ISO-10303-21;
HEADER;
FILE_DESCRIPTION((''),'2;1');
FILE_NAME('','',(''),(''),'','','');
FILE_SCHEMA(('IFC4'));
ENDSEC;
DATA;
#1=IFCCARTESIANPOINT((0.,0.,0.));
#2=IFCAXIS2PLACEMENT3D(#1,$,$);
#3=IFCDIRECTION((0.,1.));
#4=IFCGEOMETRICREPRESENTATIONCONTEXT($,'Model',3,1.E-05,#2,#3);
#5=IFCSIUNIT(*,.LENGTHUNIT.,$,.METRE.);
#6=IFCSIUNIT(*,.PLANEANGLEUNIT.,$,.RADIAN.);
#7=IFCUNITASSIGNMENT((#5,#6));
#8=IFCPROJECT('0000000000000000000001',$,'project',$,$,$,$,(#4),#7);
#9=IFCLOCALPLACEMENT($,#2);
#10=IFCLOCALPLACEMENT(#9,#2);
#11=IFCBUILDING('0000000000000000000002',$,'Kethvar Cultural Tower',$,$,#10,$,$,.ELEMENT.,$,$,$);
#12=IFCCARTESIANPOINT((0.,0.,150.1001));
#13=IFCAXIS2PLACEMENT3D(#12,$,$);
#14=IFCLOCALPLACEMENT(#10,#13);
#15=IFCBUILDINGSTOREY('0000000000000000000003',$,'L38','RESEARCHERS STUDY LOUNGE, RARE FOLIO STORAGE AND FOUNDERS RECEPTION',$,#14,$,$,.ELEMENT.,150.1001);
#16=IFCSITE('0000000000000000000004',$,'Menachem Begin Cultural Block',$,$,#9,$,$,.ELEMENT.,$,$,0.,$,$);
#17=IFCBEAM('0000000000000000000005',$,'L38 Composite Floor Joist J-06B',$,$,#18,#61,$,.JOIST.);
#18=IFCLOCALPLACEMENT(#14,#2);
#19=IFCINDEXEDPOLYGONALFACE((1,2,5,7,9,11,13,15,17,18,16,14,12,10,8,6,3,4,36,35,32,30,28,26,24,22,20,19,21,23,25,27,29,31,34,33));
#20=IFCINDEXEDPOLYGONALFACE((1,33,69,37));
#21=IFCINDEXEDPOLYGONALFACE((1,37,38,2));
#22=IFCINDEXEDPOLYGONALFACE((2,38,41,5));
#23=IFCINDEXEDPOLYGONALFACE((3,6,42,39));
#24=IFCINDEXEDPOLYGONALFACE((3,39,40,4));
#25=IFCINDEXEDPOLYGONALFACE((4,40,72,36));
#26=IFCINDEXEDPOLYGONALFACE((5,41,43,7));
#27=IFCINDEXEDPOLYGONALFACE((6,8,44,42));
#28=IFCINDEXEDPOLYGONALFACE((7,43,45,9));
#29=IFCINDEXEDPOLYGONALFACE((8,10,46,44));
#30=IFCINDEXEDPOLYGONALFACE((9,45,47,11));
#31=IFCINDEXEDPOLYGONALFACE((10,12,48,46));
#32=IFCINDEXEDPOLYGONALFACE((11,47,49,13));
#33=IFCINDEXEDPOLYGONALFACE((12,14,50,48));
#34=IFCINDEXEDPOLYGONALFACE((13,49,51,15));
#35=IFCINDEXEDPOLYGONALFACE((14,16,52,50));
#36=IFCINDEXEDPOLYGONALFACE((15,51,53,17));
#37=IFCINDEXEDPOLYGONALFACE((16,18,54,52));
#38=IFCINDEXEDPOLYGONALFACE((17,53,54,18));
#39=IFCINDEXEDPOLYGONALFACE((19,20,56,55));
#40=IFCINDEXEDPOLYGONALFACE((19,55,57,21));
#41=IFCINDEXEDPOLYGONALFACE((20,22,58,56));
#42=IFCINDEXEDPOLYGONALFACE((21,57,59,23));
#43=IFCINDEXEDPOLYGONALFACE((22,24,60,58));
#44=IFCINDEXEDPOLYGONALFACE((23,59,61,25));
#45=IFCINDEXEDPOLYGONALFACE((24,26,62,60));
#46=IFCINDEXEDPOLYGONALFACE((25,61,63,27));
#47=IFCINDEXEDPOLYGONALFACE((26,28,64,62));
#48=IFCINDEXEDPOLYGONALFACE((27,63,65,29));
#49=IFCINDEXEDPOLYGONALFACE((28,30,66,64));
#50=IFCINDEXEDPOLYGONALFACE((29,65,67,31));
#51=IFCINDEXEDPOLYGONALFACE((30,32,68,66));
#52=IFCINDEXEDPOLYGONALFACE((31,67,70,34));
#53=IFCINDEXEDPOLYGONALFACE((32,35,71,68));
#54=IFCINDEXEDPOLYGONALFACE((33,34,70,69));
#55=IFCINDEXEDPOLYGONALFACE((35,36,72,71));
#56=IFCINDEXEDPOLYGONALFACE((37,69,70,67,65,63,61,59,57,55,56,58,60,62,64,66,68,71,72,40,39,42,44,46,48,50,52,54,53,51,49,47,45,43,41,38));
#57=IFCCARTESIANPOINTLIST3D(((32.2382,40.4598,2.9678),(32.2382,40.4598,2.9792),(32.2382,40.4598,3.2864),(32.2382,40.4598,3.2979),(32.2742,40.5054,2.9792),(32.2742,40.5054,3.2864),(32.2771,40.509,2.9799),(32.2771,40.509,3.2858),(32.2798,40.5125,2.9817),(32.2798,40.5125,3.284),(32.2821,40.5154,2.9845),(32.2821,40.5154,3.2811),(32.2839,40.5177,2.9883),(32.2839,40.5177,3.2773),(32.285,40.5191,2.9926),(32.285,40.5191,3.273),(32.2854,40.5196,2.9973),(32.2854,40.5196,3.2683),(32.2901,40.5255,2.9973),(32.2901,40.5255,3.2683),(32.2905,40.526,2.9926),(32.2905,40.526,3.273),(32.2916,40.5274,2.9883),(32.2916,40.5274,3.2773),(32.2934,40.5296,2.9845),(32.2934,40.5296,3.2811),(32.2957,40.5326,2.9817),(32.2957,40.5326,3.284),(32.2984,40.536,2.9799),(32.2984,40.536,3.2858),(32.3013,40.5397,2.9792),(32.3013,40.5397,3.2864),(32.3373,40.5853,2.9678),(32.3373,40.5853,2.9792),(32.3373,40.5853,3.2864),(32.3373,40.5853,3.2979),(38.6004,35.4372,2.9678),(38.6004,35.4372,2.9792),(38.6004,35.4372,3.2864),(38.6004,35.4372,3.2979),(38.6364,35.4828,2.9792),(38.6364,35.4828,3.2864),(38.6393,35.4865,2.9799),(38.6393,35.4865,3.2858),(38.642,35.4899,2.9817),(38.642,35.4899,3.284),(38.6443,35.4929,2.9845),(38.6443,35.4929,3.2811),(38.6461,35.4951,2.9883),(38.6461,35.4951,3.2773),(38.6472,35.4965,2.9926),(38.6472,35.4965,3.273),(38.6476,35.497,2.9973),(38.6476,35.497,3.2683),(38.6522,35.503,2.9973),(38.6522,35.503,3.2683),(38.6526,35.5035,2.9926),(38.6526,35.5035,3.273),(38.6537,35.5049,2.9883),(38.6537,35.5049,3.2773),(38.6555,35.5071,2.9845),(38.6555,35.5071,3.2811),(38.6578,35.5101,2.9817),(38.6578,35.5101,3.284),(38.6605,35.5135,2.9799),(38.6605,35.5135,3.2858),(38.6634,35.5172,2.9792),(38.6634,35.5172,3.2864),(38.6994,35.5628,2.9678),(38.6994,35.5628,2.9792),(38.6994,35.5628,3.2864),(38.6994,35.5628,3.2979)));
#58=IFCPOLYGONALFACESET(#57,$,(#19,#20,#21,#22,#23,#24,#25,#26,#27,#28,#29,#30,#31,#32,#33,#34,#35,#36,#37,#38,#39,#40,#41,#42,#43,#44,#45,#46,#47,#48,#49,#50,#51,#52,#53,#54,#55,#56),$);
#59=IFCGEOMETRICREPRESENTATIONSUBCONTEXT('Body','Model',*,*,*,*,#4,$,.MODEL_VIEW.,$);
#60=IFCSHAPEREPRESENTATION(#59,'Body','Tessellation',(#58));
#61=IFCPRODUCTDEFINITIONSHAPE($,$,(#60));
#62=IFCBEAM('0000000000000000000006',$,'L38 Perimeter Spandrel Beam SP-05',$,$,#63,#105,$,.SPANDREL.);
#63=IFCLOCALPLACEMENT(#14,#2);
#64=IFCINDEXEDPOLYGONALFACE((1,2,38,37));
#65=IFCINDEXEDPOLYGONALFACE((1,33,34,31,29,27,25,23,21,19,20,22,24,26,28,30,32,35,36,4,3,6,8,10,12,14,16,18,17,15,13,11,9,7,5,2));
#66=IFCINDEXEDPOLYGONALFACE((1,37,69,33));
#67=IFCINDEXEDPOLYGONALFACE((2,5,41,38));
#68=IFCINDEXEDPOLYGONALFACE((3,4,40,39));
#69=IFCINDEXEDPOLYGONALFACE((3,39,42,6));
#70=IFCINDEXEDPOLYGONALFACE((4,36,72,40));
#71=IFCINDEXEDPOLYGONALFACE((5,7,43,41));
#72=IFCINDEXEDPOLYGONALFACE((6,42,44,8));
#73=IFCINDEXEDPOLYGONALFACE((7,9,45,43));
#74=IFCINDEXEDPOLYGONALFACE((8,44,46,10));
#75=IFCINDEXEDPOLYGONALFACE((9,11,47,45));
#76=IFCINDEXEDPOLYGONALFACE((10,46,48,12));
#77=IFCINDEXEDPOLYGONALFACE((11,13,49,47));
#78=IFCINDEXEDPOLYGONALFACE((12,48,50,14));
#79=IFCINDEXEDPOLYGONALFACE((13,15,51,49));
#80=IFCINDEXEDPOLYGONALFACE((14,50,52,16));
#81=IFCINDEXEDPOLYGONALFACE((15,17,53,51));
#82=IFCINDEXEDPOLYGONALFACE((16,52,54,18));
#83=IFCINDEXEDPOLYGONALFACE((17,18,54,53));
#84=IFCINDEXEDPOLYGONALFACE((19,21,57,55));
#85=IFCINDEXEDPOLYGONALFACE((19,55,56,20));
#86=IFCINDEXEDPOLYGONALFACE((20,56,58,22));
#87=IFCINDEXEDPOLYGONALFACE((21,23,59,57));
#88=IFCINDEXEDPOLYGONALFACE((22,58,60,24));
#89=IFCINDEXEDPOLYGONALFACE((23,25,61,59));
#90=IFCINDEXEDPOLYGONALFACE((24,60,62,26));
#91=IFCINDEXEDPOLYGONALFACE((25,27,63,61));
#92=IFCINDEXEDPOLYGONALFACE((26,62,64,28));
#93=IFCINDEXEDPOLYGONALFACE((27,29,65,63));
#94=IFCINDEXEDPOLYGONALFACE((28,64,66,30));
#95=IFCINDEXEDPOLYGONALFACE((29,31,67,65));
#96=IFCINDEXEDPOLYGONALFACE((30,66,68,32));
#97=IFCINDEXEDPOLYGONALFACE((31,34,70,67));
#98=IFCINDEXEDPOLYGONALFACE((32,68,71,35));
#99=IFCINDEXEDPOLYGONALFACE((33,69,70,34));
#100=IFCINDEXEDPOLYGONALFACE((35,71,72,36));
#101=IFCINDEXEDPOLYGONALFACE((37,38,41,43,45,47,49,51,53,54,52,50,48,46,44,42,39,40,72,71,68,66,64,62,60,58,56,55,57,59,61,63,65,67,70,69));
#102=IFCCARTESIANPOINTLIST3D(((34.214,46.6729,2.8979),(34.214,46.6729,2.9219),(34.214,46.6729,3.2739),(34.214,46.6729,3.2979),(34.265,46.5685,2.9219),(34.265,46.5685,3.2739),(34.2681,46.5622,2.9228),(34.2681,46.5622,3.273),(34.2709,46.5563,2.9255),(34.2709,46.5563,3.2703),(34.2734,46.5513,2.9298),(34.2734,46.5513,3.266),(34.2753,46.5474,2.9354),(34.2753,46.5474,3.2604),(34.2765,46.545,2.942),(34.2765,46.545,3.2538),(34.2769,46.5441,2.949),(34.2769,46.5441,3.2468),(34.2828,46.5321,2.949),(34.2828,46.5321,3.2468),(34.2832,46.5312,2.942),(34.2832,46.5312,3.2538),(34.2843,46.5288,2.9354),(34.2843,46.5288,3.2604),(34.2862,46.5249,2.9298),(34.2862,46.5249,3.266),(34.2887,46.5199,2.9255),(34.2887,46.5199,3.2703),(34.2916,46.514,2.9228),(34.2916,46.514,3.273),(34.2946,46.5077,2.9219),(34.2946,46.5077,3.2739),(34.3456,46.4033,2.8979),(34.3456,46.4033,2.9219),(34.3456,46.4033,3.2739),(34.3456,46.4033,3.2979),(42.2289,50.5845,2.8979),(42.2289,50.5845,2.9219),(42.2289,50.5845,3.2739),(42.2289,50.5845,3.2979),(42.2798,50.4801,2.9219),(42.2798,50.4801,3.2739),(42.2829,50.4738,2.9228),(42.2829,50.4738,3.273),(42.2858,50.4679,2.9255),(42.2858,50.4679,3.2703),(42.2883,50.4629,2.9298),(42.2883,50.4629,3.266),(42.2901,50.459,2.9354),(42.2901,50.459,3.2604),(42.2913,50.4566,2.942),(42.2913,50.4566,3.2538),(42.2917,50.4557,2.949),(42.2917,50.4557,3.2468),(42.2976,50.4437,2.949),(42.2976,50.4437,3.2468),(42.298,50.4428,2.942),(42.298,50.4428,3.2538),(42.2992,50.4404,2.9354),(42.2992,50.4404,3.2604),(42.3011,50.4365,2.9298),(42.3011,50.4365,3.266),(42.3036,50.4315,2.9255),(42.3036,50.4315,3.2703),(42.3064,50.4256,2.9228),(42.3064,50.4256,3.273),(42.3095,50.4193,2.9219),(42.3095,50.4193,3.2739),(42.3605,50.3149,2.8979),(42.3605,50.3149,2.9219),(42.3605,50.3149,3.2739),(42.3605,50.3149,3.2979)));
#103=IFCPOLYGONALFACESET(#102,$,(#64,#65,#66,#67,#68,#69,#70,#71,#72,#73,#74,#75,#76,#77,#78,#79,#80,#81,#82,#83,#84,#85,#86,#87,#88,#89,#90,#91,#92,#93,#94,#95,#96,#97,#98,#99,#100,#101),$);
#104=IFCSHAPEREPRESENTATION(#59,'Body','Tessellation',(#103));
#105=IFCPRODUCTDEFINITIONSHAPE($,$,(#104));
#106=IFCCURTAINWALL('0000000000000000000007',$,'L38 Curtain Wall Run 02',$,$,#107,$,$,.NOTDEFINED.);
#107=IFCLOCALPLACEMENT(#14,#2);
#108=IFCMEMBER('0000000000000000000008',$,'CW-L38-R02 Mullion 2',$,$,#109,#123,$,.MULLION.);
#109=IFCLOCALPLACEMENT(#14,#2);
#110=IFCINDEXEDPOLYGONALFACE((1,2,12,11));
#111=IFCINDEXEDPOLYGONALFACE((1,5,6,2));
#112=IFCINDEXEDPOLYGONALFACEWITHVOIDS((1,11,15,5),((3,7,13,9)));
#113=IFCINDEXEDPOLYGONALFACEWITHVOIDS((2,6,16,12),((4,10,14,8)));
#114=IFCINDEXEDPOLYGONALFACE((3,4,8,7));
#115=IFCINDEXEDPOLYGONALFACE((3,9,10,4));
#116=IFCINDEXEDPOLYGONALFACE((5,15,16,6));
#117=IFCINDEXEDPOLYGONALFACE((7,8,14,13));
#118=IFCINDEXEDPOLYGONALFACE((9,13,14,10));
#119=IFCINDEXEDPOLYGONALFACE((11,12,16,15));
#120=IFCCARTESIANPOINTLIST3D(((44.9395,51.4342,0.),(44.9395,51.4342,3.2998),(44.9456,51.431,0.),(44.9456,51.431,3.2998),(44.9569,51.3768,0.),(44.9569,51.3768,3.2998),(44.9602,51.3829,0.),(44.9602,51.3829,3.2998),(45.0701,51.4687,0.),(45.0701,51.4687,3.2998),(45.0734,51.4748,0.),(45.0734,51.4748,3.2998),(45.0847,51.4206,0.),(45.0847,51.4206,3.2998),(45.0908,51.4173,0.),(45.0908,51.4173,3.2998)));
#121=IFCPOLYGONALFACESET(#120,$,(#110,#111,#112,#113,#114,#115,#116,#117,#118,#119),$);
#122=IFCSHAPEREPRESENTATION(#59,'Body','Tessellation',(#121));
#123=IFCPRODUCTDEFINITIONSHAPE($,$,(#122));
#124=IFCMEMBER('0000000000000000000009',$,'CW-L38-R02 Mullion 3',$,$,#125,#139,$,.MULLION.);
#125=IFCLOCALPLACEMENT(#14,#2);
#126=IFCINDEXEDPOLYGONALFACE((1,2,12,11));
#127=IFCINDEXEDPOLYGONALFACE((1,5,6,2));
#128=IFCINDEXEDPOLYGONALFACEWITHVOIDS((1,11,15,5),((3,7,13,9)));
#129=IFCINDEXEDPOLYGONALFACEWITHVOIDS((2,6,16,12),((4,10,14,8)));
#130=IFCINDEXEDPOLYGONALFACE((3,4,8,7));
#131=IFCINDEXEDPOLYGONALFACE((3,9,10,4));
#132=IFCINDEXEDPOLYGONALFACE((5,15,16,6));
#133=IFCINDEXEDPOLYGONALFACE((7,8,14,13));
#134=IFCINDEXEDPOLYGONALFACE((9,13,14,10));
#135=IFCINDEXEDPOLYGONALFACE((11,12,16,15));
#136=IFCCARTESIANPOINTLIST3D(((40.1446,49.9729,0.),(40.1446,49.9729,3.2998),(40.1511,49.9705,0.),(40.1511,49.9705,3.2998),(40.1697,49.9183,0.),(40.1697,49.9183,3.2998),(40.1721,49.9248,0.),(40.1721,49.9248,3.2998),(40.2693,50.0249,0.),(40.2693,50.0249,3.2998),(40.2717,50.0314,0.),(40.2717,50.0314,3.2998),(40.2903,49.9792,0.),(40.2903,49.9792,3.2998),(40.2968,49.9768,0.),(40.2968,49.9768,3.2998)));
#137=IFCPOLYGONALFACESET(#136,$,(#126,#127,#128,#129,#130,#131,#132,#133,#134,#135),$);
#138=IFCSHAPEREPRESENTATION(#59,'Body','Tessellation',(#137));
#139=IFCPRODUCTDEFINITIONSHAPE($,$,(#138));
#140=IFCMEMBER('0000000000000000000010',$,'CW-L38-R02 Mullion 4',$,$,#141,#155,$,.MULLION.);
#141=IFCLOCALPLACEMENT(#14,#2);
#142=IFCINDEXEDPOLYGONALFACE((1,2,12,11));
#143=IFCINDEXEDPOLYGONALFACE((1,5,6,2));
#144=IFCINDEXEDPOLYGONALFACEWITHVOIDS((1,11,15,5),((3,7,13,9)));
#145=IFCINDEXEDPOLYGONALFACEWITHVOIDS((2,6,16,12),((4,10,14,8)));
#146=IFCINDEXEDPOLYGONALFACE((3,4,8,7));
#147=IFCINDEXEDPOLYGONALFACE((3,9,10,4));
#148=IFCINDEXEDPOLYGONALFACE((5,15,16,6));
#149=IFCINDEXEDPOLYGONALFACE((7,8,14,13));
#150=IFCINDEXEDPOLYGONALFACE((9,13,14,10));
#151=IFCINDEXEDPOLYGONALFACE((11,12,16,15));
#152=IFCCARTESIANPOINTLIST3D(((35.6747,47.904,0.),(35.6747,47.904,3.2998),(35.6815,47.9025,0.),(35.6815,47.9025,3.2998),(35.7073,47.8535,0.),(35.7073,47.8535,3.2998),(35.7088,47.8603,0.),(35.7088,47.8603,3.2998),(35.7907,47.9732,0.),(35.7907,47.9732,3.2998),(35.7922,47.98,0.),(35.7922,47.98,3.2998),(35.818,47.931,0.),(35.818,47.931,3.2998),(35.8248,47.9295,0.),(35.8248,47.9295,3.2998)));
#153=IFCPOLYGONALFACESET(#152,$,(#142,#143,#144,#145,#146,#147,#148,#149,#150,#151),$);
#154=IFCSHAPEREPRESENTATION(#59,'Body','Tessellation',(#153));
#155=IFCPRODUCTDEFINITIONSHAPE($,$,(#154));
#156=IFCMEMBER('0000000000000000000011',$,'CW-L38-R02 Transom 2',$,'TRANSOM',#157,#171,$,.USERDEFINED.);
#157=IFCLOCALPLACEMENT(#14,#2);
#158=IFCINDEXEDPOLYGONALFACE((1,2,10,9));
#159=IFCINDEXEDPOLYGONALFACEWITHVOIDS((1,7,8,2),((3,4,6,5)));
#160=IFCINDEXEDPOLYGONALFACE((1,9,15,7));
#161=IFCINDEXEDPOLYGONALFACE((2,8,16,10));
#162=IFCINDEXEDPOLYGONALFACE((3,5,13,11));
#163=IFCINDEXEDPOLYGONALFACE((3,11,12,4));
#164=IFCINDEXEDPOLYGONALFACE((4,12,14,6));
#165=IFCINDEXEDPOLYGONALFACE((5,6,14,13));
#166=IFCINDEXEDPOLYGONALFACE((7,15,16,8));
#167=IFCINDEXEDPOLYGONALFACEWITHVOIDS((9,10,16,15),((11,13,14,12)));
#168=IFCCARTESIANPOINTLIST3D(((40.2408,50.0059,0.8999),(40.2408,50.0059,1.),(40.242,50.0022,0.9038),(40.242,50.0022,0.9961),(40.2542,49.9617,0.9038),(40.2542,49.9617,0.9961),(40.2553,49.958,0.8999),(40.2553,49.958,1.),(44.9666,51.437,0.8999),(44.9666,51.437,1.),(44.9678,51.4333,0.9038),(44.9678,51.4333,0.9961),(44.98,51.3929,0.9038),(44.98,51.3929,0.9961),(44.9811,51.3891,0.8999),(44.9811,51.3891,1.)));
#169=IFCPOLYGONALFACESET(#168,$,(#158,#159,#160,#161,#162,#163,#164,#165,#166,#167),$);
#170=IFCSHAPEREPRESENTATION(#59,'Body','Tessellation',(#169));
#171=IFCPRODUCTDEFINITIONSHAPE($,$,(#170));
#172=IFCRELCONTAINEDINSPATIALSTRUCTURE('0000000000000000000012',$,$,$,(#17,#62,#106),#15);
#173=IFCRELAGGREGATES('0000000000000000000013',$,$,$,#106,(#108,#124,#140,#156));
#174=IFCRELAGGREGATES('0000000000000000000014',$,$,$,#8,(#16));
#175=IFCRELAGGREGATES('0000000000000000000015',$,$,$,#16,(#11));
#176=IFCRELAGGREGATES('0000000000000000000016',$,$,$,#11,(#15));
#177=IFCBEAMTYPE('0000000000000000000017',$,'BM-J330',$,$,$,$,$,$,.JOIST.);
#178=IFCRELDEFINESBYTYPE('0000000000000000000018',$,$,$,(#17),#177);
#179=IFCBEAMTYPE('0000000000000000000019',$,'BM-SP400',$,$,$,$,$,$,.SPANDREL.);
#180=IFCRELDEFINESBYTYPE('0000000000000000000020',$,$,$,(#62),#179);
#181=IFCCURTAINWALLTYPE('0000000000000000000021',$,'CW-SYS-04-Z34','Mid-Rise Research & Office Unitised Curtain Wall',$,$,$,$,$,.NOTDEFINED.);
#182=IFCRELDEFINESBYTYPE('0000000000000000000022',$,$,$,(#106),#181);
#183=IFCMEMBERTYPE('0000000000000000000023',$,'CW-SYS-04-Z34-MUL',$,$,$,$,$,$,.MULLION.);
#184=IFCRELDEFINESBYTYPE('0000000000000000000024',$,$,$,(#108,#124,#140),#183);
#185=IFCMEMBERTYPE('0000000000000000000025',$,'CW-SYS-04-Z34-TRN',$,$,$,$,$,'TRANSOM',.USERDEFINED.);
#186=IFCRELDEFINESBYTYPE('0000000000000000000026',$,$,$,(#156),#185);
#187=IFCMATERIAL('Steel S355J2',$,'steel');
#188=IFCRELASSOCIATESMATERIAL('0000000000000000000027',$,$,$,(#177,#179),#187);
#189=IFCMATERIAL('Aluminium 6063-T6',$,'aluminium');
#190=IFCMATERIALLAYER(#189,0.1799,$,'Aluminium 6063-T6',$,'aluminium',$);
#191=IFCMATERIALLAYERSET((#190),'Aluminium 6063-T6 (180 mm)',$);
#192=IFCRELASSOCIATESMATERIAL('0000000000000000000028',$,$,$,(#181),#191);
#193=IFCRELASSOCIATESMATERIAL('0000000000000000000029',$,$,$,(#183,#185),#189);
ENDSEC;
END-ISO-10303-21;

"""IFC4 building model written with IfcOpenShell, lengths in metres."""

from ifc_helpers import new_model, si_unit, direction, frame, origin, origin_2d, place, context, subcontext, project, spatial, hollow_rectangle, i_section, extrude, source, transform, mapped, material, layer, layer_set, material_profile, profile_set, type_object, element, aggregate, save


model = new_model("IFC4")

# Units and contexts
model_context = context("Model", 3, precision=1e-05, world=origin(), true_north=direction((0.0, 1.0)))
body_context = subcontext(model_context, "Body", "Model", "MODEL_VIEW")
ifc_project = project(units=[si_unit("LENGTHUNIT", "METRE"), si_unit("PLANEANGLEUNIT", "RADIAN")], contexts=[model_context])

# Site, building, storey
site_placement = place(None, origin())
site = spatial("IfcSite", under=ifc_project, at=site_placement, Name="Menachem Begin Cultural Block", CompositionType="ELEMENT", RefElevation=0.0)
building_placement = place(site_placement, origin())
building = spatial("IfcBuilding", under=site, at=building_placement, Name="Kethvar Cultural Tower", CompositionType="ELEMENT")
storey_placement = place(building_placement, frame((0.0, 0.0, 150.1001)))
storey = spatial("IfcBuildingStorey", under=building, at=storey_placement, Name="L38", Description="RESEARCHERS STUDY LOUNGE, RARE FOLIO STORAGE AND FOUNDERS RECEPTION", CompositionType="ELEMENT", Elevation=150.1001)

# Beams
ifc_material_1 = material(Name="Steel S355J2", Category="steel")
ifc_material_profile_1 = material_profile(ifc_material_1, i_section(OverallWidth=0.1599, OverallDepth=0.3301, WebThickness=0.0076, FlangeThickness=0.0115, FilletRadius=0.0181, at=origin_2d()), Name="Steel S355J2 — IPE330")
ifc_profile_set_1 = profile_set([ifc_material_profile_1], Name="Steel S355J2 — IPE330")
beam_type_1 = type_object("IfcBeamType", Name="BM-J330", PredefinedType="JOIST", material=ifc_profile_set_1)
shared_shape_1 = source(origin(), body_context, "Body", "SweptSolid", [
    extrude(i_section(OverallWidth=0.1599, OverallDepth=0.3301, WebThickness=0.0076, FlangeThickness=0.0115, FilletRadius=0.0181, at=origin_2d()), origin(), (0.0, 0.0, 1.0), 8.1057),
])
beam_1_placement = place(storey_placement, frame((38.6499, 35.5, 3.1328), z_axis=(-0.784896, 0.619628, 0.0), x_axis=(-0.619628, -0.784896, 0.0)))
element("IfcBeam", 1, at=beam_1_placement, inside=storey, type_object=beam_type_1, Name="L38 Composite Floor Joist J-06B", PredefinedType="JOIST", context=body_context, shape_type="MappedRepresentation", body=[
    mapped(shared_shape_1, transform((0.0, 0.0, 0.0), scale=1.0)),
])
ifc_material_profile_2 = material_profile(ifc_material_1, i_section(OverallWidth=0.3, OverallDepth=0.3999, WebThickness=0.0134, FlangeThickness=0.0239, FilletRadius=0.0271, at=origin_2d()), Name="Steel S355J2 — HEB400")
ifc_profile_set_2 = profile_set([ifc_material_profile_2], Name="Steel S355J2 — HEB400")
beam_type_2 = type_object("IfcBeamType", Name="BM-SP400", PredefinedType="SPANDREL", material=ifc_profile_set_2)
shared_shape_2 = source(origin(), body_context, "Body", "SweptSolid", [
    extrude(i_section(OverallWidth=0.3, OverallDepth=0.3999, WebThickness=0.0134, FlangeThickness=0.0239, FilletRadius=0.0271, at=origin_2d()), origin(), (0.0, 0.0, 1.0), 8.9185),
])
beam_2_placement = place(storey_placement, frame((42.2947, 50.4497, 3.0979), z_axis=(-0.898684, -0.438597, 0.0), x_axis=(0.438597, -0.898684, 0.0)))
element("IfcBeam", 2, at=beam_2_placement, inside=storey, type_object=beam_type_2, Name="L38 Perimeter Spandrel Beam SP-05", PredefinedType="SPANDREL", context=body_context, shape_type="MappedRepresentation", body=[
    mapped(shared_shape_2, transform((0.0, 0.0, 0.0), scale=1.0)),
])

# Curtain wall, members
ifc_material_2 = material(Name="Aluminium 6063-T6", Category="aluminium")
ifc_layer_1 = layer(ifc_material_2, 0.1799, Name="Aluminium 6063-T6", Category="aluminium")
ifc_layer_set_1 = layer_set([ifc_layer_1], Name="Aluminium 6063-T6 (180 mm)")
curtain_wall_type = type_object("IfcCurtainWallType", Name="CW-SYS-04-Z34", Description="Mid-Rise Research & Office Unitised Curtain Wall", PredefinedType="NOTDEFINED", material=ifc_layer_set_1)
curtain_wall_placement = place(storey_placement, origin())
curtain_wall = element("IfcCurtainWall", 3, at=curtain_wall_placement, inside=storey, type_object=curtain_wall_type, Name="L38 Curtain Wall Run 02", PredefinedType="NOTDEFINED")
ifc_material_profile_3 = material_profile(ifc_material_2, hollow_rectangle(XDim=0.0601, YDim=0.1399, WallThickness=0.0049, at=origin_2d()), Name="Aluminium 6063-T6 — RHS140x60x5")
ifc_profile_set_3 = profile_set([ifc_material_profile_3], Name="Aluminium 6063-T6 — RHS140x60x5")
member_type_1 = type_object("IfcMemberType", Name="CW-SYS-04-Z34-MUL", PredefinedType="MULLION", material=ifc_profile_set_3)
shared_shape_3 = source(origin(), body_context, "Body", "SweptSolid", [
    extrude(hollow_rectangle(XDim=0.0601, YDim=0.1399, WallThickness=0.0049, at=origin_2d()), origin(), (0.0, 0.0, 1.0), 3.2998),
])
member_1_placement = place(storey_placement, frame((45.0151, 51.4258, 0.0), z_axis=(0.0, 0.0, 1.0), x_axis=(0.289834, -0.957077, 0.0)))
member_1 = element("IfcMember", 4, at=member_1_placement, type_object=member_type_1, Name="CW-L38-R02 Mullion 2", PredefinedType="MULLION", context=body_context, shape_type="MappedRepresentation", body=[
    mapped(shared_shape_3, transform((0.0, 0.0, 0.0), scale=1.0)),
])
member_2_placement = place(storey_placement, frame((40.2207, 49.9749, 0.0), z_axis=(0.0, 0.0, 1.0), x_axis=(0.418359, -0.908282, 0.0)))
member_2 = element("IfcMember", 5, at=member_2_placement, type_object=member_type_1, Name="CW-L38-R02 Mullion 3", PredefinedType="MULLION", context=body_context, shape_type="MappedRepresentation", body=[
    mapped(shared_shape_3, transform((0.0, 0.0, 0.0), scale=1.0)),
])
member_3_placement = place(storey_placement, frame((35.7498, 47.9167, 0.0), z_axis=(0.0, 0.0, 1.0), x_axis=(0.543204, -0.839601, 0.0)))
member_3 = element("IfcMember", 6, at=member_3_placement, type_object=member_type_1, Name="CW-L38-R02 Mullion 4", PredefinedType="MULLION", context=body_context, shape_type="MappedRepresentation", body=[
    mapped(shared_shape_3, transform((0.0, 0.0, 0.0), scale=1.0)),
])
ifc_material_profile_4 = material_profile(ifc_material_2, hollow_rectangle(XDim=0.05, YDim=0.1001, WallThickness=0.0039, at=origin_2d()), Name="Aluminium 6063-T6 — RHS100x50x4")
ifc_profile_set_4 = profile_set([ifc_material_profile_4], Name="Aluminium 6063-T6 — RHS100x50x4")
member_type_2 = type_object("IfcMemberType", Name="CW-SYS-04-Z34-TRN", ElementType="TRANSOM", PredefinedType="USERDEFINED", material=ifc_profile_set_4)
shared_shape_4 = source(origin(), body_context, "Body", "SweptSolid", [
    extrude(hollow_rectangle(XDim=0.05, YDim=0.1001, WallThickness=0.0039, at=origin_2d()), origin(), (0.0, 0.0, 1.0), 4.9377),
])
member_4_placement = place(storey_placement, frame((44.9739, 51.4131, 0.95), z_axis=(-0.957076, -0.289837, 0.0), x_axis=(0.289837, -0.957076, 0.0)))
member_4 = element("IfcMember", 7, at=member_4_placement, type_object=member_type_2, Name="CW-L38-R02 Transom 2", ObjectType="TRANSOM", PredefinedType="USERDEFINED", context=body_context, shape_type="MappedRepresentation", body=[
    mapped(shared_shape_4, transform((0.0, 0.0, 0.0), scale=1.0)),
])
aggregate(curtain_wall, [member_1, member_2, member_3, member_4])

save(model, "model.ifc")
